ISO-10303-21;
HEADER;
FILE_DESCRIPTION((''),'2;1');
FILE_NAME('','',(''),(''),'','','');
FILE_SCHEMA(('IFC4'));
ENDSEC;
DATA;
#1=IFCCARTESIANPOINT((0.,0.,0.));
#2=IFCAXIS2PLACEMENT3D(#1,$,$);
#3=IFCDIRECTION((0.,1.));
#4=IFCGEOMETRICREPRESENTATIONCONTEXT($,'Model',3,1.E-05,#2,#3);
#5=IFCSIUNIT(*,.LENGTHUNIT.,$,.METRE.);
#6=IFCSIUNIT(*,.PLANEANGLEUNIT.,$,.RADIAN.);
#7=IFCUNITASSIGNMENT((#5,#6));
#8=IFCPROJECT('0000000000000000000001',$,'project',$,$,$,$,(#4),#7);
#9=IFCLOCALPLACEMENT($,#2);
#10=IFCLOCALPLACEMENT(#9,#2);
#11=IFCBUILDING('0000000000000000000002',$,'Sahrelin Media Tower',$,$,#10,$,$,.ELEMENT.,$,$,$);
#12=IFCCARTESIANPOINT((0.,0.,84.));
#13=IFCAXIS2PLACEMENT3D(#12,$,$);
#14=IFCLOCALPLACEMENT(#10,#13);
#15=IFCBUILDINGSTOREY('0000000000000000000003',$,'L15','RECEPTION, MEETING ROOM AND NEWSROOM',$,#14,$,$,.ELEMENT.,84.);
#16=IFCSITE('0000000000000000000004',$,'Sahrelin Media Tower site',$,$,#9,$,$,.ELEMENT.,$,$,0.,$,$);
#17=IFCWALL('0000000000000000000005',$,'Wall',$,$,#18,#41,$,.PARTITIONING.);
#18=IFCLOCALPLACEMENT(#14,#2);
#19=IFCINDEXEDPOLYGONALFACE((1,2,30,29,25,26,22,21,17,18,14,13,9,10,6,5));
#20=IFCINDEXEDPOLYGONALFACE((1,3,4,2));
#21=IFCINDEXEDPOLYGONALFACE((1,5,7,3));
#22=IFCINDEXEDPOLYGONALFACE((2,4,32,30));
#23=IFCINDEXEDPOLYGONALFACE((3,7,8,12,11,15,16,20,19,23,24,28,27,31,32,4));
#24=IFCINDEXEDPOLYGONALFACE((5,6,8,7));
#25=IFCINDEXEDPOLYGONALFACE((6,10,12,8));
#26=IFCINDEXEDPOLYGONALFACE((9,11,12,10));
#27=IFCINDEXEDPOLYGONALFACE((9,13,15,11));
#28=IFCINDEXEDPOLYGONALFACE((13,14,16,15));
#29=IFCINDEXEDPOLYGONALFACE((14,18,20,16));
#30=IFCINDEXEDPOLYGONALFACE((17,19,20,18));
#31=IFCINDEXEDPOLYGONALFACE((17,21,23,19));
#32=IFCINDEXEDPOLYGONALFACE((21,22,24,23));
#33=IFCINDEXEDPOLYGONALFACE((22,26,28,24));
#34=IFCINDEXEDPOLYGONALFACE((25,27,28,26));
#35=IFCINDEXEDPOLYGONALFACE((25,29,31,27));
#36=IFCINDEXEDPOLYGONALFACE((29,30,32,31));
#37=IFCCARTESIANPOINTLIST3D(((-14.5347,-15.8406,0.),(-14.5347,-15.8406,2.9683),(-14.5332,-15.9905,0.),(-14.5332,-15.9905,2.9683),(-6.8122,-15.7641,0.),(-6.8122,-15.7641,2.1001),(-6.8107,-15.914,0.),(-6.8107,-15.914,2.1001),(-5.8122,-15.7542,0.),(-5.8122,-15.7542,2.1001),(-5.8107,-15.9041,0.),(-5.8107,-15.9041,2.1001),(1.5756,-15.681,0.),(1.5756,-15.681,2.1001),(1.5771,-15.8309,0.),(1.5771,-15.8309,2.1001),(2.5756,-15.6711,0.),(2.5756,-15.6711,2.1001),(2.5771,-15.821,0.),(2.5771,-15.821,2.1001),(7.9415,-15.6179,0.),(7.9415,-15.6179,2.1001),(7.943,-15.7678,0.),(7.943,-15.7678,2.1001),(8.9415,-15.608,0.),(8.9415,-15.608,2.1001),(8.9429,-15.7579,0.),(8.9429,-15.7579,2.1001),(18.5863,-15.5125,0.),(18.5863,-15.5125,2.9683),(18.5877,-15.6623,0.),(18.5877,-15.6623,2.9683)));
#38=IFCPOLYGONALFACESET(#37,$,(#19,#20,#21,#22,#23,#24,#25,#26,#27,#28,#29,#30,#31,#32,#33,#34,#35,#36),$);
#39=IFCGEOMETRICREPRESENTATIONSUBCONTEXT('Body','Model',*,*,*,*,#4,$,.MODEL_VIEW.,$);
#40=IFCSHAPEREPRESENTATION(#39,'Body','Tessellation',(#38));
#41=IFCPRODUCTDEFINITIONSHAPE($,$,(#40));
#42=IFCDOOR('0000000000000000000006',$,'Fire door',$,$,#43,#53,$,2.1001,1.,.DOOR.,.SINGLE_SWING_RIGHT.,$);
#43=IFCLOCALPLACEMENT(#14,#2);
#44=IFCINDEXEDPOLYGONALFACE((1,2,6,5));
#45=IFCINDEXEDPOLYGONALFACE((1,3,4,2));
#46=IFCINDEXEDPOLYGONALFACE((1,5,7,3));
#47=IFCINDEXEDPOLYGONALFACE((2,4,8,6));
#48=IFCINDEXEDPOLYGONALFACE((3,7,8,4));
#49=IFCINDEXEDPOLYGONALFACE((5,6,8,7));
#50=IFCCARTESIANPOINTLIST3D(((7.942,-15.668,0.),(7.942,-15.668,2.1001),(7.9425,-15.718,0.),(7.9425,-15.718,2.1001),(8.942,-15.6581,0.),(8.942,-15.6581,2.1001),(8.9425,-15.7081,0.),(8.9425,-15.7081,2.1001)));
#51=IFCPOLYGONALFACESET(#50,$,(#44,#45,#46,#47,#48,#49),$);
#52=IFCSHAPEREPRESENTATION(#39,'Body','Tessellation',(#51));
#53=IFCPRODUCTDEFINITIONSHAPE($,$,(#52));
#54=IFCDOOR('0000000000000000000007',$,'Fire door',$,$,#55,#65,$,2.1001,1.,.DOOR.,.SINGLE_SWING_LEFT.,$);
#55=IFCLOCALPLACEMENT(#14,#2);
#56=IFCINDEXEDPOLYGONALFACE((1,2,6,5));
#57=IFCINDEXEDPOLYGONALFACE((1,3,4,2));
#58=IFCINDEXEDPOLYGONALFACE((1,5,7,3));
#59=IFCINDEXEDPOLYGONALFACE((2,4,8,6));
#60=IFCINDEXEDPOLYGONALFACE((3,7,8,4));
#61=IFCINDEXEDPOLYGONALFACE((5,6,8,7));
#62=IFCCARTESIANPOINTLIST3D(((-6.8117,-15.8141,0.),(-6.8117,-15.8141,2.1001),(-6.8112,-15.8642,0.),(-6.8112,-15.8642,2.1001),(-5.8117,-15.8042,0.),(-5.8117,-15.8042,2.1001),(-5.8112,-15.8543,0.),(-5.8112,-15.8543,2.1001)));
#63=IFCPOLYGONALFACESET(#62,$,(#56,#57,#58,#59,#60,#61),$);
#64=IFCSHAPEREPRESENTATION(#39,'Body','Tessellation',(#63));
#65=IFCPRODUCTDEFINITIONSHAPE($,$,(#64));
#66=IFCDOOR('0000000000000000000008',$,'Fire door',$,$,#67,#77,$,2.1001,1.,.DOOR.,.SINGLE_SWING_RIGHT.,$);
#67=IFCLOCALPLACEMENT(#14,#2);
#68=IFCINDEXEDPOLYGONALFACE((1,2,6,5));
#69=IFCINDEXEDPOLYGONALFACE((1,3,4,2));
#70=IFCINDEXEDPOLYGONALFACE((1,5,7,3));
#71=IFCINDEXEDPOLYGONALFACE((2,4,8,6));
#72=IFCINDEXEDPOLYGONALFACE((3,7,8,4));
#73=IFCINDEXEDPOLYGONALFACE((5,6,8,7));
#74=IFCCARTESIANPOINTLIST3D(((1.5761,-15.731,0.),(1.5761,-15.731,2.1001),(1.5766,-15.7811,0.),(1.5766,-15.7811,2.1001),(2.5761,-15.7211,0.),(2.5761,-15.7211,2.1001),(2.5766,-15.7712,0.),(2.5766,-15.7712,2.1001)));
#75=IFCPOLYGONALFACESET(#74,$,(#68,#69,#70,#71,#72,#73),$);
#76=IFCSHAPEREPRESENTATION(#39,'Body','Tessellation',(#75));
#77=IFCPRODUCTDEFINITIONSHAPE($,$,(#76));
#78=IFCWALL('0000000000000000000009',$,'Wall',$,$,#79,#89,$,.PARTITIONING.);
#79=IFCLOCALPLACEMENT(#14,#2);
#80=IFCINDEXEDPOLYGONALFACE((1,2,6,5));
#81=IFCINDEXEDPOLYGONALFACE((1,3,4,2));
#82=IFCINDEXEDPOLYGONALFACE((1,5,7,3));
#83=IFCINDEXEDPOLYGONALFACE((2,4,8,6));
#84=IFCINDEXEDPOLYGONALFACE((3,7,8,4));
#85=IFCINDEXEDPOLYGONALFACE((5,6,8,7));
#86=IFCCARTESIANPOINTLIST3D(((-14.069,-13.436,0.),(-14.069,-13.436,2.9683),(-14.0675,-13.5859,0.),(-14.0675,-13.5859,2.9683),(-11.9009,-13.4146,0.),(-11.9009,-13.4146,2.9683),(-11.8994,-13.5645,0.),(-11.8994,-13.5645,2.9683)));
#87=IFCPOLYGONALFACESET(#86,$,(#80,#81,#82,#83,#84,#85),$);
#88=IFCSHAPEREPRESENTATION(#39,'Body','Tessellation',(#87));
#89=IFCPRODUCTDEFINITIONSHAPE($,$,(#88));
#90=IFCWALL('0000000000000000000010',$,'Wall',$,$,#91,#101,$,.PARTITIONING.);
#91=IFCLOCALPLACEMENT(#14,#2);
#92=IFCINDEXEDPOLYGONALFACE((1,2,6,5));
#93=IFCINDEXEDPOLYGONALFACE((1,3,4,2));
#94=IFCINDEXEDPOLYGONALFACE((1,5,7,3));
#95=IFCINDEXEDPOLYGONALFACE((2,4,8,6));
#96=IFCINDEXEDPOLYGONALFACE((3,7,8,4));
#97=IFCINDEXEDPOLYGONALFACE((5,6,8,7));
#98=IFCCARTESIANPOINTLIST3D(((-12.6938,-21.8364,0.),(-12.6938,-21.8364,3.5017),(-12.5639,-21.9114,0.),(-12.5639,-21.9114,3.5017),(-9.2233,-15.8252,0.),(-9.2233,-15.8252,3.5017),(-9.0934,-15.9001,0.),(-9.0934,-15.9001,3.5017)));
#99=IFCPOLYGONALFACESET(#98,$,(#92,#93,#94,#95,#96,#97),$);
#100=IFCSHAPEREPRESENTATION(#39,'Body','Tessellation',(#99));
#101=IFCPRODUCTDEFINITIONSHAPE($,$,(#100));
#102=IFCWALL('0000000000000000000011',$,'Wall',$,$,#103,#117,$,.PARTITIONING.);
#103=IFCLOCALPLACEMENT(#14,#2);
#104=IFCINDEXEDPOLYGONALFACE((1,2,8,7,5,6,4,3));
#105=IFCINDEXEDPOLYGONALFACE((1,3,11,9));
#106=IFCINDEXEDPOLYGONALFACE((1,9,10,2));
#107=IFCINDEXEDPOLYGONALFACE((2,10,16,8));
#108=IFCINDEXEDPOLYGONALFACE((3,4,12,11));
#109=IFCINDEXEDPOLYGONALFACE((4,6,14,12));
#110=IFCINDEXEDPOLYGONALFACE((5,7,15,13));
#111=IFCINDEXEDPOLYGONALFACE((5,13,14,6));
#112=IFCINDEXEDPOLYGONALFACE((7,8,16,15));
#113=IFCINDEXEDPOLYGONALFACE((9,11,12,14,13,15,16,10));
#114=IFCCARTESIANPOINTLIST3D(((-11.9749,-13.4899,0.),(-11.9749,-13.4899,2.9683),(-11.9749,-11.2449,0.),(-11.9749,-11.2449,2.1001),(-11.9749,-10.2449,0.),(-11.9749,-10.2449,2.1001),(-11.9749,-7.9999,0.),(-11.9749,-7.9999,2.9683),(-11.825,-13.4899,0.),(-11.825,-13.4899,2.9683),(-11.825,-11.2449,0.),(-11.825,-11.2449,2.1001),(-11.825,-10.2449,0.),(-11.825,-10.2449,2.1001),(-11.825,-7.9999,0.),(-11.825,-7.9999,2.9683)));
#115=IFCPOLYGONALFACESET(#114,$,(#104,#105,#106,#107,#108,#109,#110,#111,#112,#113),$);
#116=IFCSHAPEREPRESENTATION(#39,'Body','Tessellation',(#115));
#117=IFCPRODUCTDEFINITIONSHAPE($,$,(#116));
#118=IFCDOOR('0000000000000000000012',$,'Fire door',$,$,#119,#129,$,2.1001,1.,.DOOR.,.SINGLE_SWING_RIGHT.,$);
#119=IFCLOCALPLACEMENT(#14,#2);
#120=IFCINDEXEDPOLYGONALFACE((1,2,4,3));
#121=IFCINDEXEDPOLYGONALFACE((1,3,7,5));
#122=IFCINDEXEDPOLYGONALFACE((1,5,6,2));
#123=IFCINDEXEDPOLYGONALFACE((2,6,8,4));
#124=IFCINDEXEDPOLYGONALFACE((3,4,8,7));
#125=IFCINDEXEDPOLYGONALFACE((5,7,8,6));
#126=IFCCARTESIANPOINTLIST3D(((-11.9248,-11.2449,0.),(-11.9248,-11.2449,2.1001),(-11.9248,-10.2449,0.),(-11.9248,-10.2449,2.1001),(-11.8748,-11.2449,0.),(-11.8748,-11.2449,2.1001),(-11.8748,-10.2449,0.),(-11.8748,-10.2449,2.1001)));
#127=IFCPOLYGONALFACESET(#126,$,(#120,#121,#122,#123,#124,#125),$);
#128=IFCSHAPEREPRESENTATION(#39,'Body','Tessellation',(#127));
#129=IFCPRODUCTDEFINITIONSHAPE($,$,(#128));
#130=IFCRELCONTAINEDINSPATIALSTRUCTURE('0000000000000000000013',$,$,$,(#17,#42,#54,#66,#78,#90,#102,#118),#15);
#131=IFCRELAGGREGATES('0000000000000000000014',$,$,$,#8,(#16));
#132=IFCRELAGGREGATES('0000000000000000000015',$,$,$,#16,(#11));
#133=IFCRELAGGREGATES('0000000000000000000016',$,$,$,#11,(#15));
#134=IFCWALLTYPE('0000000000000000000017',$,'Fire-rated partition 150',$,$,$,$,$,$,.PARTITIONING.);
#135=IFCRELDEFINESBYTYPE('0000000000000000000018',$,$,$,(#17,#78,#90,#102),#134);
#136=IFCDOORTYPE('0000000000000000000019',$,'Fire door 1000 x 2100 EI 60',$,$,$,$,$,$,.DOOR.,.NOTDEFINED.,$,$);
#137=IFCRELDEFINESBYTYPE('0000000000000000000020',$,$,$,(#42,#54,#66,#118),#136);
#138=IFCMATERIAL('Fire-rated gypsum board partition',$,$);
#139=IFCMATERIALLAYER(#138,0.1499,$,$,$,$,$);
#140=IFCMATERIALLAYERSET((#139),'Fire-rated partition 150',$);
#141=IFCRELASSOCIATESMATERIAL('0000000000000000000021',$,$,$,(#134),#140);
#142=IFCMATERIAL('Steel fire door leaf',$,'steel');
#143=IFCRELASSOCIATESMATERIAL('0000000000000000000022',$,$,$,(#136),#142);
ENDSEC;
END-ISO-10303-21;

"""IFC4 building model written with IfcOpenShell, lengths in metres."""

from ifc_helpers import new_model, si_unit, direction, frame, frame_2d, origin, place, context, subcontext, project, spatial, rectangle, extrude, material, layer, layer_set, type_object, element, fill, save


model = new_model("IFC4")

# Units and contexts
model_context = context("Model", 3, precision=1e-05, world=origin(), true_north=direction((0.0, 1.0)))
body_context = subcontext(model_context, "Body", "Model", "MODEL_VIEW")
ifc_project = project(units=[si_unit("LENGTHUNIT", "METRE"), si_unit("PLANEANGLEUNIT", "RADIAN")], contexts=[model_context])

# Site, building, storey
site_placement = place(None, origin())
site = spatial("IfcSite", under=ifc_project, at=site_placement, Name="Sahrelin Media Tower site", CompositionType="ELEMENT", RefElevation=0.0)
building_placement = place(site_placement, origin())
building = spatial("IfcBuilding", under=site, at=building_placement, Name="Sahrelin Media Tower", CompositionType="ELEMENT")
storey_placement = place(building_placement, frame((0.0, 0.0, 84.0)))
storey = spatial("IfcBuildingStorey", under=building, at=storey_placement, Name="L15", Description="RECEPTION, MEETING ROOM AND NEWSROOM", CompositionType="ELEMENT", Elevation=84.0)

# Shared definitions
ifc_material_1 = material(Name="Fire-rated gypsum board partition")
ifc_layer_1 = layer(ifc_material_1, 0.1499)
ifc_layer_set_1 = layer_set([ifc_layer_1], Name="Fire-rated partition 150")
wall_type_1 = type_object("IfcWallType", Name="Fire-rated partition 150", PredefinedType="PARTITIONING", material=ifc_layer_set_1)

# Wall, openings, doors
wall_1_placement = place(storey_placement, frame((-14.5339, -15.9155, 0.0), z_axis=(0.0, 0.0, 1.0), x_axis=(0.999951, 0.009906, 0.0)))
wall_1 = element("IfcWall", 1, at=wall_1_placement, inside=storey, type_object=wall_type_1, Name="Wall", PredefinedType="PARTITIONING", context=body_context, shape_type="SweptSolid", body=[
    extrude(rectangle(XDim=33.1226, YDim=0.1499, at=frame_2d((16.5613, 0.0))), origin(), (0.0, 0.0, 1.0), 2.9683),
])
opening_1_placement = place(wall_1_placement, frame((22.4773, 0.0, 0.0)))
opening_1 = element("IfcOpeningElement", 2, at=opening_1_placement, cuts=wall_1, PredefinedType="OPENING", context=body_context, shape_type="SweptSolid", body=[
    extrude(rectangle(XDim=1.0, YDim=2.1001, at=frame_2d((0.5, 1.05))), frame((0.0, 0.075, 0.0), z_axis=(0.0, -1.0, 0.0), x_axis=(1.0, 0.0, 0.0)), (0.0, 0.0, 1.0), 0.1499),
])
opening_2_placement = place(wall_1_placement, frame((7.7229, 0.0, 0.0)))
opening_2 = element("IfcOpeningElement", 3, at=opening_2_placement, cuts=wall_1, PredefinedType="OPENING", context=body_context, shape_type="SweptSolid", body=[
    extrude(rectangle(XDim=1.0, YDim=2.1001, at=frame_2d((0.5, 1.05))), frame((0.0, 0.075, 0.0), z_axis=(0.0, -1.0, 0.0), x_axis=(1.0, 0.0, 0.0)), (0.0, 0.0, 1.0), 0.1499),
])
opening_3_placement = place(wall_1_placement, frame((16.1111, 0.0, 0.0)))
opening_3 = element("IfcOpeningElement", 4, at=opening_3_placement, cuts=wall_1, PredefinedType="OPENING", context=body_context, shape_type="SweptSolid", body=[
    extrude(rectangle(XDim=1.0, YDim=2.1001, at=frame_2d((0.5, 1.05))), frame((0.0, 0.075, 0.0), z_axis=(0.0, -1.0, 0.0), x_axis=(1.0, 0.0, 0.0)), (0.0, 0.0, 1.0), 0.1499),
])
ifc_material_2 = material(Name="Steel fire door leaf", Category="steel")
door_type_1 = type_object("IfcDoorType", Name="Fire door 1000 x 2100 EI 60", OperationType="NOTDEFINED", PredefinedType="DOOR", material=ifc_material_2)
door_1_placement = place(opening_1_placement, origin())
door_1 = element("IfcDoor", 5, at=door_1_placement, inside=storey, type_object=door_type_1, Name="Fire door", OperationType="SINGLE_SWING_RIGHT", OverallHeight=2.1001, OverallWidth=1.0, PredefinedType="DOOR", context=body_context, shape_type="SweptSolid", body=[
    extrude(rectangle(XDim=1.0, YDim=2.1001, at=frame_2d((0.5, 1.05))), frame((0.0, 0.0249, 0.0), z_axis=(0.0, -1.0, 0.0), x_axis=(1.0, 0.0, 0.0)), (0.0, 0.0, 1.0), 0.05),
])
fill(opening_1, door_1)
door_2_placement = place(opening_2_placement, origin())
door_2 = element("IfcDoor", 6, at=door_2_placement, inside=storey, type_object=door_type_1, Name="Fire door", OperationType="SINGLE_SWING_LEFT", OverallHeight=2.1001, OverallWidth=1.0, PredefinedType="DOOR", context=body_context, shape_type="SweptSolid", body=[
    extrude(rectangle(XDim=1.0, YDim=2.1001, at=frame_2d((0.5, 1.05))), frame((0.0, 0.0249, 0.0), z_axis=(0.0, -1.0, 0.0), x_axis=(1.0, 0.0, 0.0)), (0.0, 0.0, 1.0), 0.05),
])
fill(opening_2, door_2)
door_3_placement = place(opening_3_placement, origin())
door_3 = element("IfcDoor", 7, at=door_3_placement, inside=storey, type_object=door_type_1, Name="Fire door", OperationType="SINGLE_SWING_RIGHT", OverallHeight=2.1001, OverallWidth=1.0, PredefinedType="DOOR", context=body_context, shape_type="SweptSolid", body=[
    extrude(rectangle(XDim=1.0, YDim=2.1001, at=frame_2d((0.5, 1.05))), frame((0.0, 0.0249, 0.0), z_axis=(0.0, -1.0, 0.0), x_axis=(1.0, 0.0, 0.0)), (0.0, 0.0, 1.0), 0.05),
])
fill(opening_3, door_3)

# Walls
wall_2_placement = place(storey_placement, frame((-14.0681, -13.511, 0.0), z_axis=(0.0, 0.0, 1.0), x_axis=(0.999951, 0.009908, 0.0)))
element("IfcWall", 8, at=wall_2_placement, inside=storey, type_object=wall_type_1, Name="Wall", PredefinedType="PARTITIONING", context=body_context, shape_type="SweptSolid", body=[
    extrude(rectangle(XDim=2.1682, YDim=0.1499, at=frame_2d((1.084, 0.0))), origin(), (0.0, 0.0, 1.0), 2.9683),
])
wall_3_placement = place(storey_placement, frame((-12.6289, -21.874, 0.0), z_axis=(0.0, 0.0, 1.0), x_axis=(0.499986, 0.866033, 0.0)))
element("IfcWall", 9, at=wall_3_placement, inside=storey, type_object=wall_type_1, Name="Wall", PredefinedType="PARTITIONING", context=body_context, shape_type="SweptSolid", body=[
    extrude(rectangle(XDim=6.9412, YDim=0.1499, at=frame_2d((3.4707, 0.0))), origin(), (0.0, 0.0, 1.0), 3.5017),
])

# Wall, opening, door
wall_4_placement = place(storey_placement, frame((-11.8999, -13.49, 0.0), z_axis=(0.0, 0.0, 1.0), x_axis=(0.0, 1.0, 0.0)))
wall_4 = element("IfcWall", 10, at=wall_4_placement, inside=storey, type_object=wall_type_1, Name="Wall", PredefinedType="PARTITIONING", context=body_context, shape_type="SweptSolid", body=[
    extrude(rectangle(XDim=5.49, YDim=0.1499, at=frame_2d((2.7451, 0.0))), origin(), (0.0, 0.0, 1.0), 2.9683),
])
opening_4_placement = place(wall_4_placement, frame((2.2451, 0.0, 0.0)))
opening_4 = element("IfcOpeningElement", 11, at=opening_4_placement, cuts=wall_4, PredefinedType="OPENING", context=body_context, shape_type="SweptSolid", body=[
    extrude(rectangle(XDim=1.0, YDim=2.1001, at=frame_2d((0.5, 1.05))), frame((0.0, 0.075, 0.0), z_axis=(0.0, -1.0, 0.0), x_axis=(1.0, 0.0, 0.0)), (0.0, 0.0, 1.0), 0.1499),
])
door_4_placement = place(opening_4_placement, origin())
door_4 = element("IfcDoor", 12, at=door_4_placement, inside=storey, type_object=door_type_1, Name="Fire door", OperationType="SINGLE_SWING_RIGHT", OverallHeight=2.1001, OverallWidth=1.0, PredefinedType="DOOR", context=body_context, shape_type="SweptSolid", body=[
    extrude(rectangle(XDim=1.0, YDim=2.1001, at=frame_2d((0.5, 1.05))), frame((0.0, 0.0249, 0.0), z_axis=(0.0, -1.0, 0.0), x_axis=(1.0, 0.0, 0.0)), (0.0, 0.0, 1.0), 0.05),
])
fill(opening_4, door_4)

save(model, "model.ifc")
